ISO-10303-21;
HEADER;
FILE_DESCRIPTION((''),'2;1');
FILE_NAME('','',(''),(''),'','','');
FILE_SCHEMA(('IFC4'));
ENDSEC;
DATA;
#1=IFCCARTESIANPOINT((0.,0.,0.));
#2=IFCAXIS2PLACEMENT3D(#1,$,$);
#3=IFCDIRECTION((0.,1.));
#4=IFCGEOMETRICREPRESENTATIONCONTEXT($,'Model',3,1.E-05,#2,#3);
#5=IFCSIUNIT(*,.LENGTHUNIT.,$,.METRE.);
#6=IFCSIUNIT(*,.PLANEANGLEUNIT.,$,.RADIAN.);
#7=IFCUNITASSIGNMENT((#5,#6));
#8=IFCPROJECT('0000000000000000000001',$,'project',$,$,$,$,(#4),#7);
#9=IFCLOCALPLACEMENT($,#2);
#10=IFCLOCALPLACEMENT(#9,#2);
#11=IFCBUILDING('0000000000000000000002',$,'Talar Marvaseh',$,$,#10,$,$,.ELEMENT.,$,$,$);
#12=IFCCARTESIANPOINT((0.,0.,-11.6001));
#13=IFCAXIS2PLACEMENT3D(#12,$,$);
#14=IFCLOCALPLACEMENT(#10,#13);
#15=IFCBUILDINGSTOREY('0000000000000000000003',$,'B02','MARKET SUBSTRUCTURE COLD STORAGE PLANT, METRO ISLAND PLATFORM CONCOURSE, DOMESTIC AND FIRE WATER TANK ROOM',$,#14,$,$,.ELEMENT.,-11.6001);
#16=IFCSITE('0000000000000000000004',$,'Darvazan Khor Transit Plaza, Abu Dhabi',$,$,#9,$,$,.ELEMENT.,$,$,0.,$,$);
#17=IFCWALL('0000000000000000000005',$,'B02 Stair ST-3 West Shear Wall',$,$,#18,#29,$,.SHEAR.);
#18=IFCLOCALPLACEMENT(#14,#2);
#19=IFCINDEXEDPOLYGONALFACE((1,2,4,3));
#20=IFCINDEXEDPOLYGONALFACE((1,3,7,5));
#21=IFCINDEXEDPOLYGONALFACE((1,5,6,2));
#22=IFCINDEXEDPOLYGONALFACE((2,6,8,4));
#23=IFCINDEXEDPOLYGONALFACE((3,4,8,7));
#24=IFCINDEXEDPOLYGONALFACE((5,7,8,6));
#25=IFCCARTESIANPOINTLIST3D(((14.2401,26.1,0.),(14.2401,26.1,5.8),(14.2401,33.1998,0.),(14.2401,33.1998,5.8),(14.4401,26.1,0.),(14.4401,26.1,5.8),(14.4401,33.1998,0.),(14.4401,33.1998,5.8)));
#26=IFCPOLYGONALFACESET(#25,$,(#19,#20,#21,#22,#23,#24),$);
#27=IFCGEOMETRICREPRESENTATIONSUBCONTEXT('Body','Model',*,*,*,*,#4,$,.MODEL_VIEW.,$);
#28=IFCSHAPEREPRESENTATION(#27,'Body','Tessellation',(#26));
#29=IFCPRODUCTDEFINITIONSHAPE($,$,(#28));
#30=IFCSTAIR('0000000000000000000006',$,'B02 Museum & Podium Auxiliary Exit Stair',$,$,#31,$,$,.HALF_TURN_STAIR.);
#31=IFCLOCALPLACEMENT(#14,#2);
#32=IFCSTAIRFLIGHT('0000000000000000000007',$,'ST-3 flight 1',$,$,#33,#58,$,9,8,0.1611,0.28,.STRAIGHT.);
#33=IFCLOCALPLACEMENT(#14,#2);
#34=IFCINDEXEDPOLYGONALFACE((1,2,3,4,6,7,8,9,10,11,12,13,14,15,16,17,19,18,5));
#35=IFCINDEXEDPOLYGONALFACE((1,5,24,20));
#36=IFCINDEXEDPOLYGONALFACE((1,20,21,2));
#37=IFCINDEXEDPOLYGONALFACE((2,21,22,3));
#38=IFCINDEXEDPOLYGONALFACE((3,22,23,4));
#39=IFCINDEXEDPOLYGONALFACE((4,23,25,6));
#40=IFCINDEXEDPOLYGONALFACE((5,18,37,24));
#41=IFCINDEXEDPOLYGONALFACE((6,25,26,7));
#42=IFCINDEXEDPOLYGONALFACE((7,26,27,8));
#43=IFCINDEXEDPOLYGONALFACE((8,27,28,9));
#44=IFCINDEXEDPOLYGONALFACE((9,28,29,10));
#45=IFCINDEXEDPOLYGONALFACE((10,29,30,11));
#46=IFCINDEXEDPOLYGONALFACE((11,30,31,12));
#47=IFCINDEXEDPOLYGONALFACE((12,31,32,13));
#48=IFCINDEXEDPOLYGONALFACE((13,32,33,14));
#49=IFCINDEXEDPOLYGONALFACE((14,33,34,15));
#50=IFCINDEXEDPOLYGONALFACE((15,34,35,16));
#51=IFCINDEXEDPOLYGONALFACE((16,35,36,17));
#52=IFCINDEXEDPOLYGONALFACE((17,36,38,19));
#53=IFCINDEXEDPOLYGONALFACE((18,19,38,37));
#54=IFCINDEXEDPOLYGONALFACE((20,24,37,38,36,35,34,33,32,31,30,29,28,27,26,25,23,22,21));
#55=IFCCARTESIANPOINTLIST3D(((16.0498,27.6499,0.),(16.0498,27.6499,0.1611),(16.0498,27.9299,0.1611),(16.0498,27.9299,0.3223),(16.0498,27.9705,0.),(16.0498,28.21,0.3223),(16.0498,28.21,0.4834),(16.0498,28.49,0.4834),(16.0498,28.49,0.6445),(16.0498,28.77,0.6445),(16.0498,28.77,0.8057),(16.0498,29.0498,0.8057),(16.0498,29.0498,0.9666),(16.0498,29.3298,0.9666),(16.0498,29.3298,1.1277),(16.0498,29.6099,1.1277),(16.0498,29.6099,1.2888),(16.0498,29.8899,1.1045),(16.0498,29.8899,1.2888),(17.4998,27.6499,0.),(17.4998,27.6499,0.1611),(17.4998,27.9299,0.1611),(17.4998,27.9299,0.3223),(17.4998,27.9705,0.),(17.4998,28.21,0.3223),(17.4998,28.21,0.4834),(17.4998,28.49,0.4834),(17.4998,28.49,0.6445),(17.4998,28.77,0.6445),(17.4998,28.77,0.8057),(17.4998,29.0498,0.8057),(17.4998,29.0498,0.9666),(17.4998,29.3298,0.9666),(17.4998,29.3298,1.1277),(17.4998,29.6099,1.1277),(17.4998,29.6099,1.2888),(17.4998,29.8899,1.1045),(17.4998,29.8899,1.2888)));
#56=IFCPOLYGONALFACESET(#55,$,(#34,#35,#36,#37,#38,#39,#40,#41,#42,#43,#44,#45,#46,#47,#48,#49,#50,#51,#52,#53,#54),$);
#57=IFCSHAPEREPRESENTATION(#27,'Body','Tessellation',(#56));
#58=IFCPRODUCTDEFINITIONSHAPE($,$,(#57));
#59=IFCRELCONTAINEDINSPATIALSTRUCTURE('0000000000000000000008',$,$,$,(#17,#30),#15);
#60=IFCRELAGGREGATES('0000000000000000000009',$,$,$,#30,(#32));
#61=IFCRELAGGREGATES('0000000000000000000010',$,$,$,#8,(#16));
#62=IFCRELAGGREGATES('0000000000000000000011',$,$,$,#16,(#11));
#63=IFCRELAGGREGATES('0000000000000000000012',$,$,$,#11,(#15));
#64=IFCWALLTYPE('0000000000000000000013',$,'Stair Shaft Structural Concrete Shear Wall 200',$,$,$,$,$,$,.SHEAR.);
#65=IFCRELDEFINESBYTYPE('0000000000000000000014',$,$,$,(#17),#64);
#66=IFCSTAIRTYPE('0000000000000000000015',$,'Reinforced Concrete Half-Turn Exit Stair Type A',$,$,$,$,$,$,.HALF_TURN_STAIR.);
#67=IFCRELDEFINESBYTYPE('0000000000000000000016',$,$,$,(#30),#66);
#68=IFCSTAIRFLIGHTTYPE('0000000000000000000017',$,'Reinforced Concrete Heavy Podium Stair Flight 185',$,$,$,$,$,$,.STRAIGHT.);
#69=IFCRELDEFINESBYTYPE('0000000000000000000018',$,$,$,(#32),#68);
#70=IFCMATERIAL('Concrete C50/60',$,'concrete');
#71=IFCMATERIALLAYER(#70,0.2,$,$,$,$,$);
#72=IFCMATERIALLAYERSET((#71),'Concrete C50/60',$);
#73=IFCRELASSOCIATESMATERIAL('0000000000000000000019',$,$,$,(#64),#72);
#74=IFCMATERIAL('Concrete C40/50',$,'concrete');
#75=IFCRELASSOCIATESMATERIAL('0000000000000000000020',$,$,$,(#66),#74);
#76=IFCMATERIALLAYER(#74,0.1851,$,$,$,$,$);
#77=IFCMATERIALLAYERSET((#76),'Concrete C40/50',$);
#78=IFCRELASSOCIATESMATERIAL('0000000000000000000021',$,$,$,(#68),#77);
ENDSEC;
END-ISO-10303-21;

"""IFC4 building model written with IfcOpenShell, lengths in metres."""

from ifc_helpers import new_model, si_unit, direction, frame, frame_2d, origin, place, context, subcontext, project, spatial, polyline, rectangle, outline, extrude, material, layer, layer_set, type_object, element, aggregate, save


model = new_model("IFC4")

# Units and contexts
model_context = context("Model", 3, precision=1e-05, world=origin(), true_north=direction((0.0, 1.0)))
body_context = subcontext(model_context, "Body", "Model", "MODEL_VIEW")
ifc_project = project(units=[si_unit("LENGTHUNIT", "METRE"), si_unit("PLANEANGLEUNIT", "RADIAN")], contexts=[model_context])

# Site, building, storey
site_placement = place(None, origin())
site = spatial("IfcSite", under=ifc_project, at=site_placement, Name="Darvazan Khor Transit Plaza, Abu Dhabi", CompositionType="ELEMENT", RefElevation=0.0)
building_placement = place(site_placement, origin())
building = spatial("IfcBuilding", under=site, at=building_placement, Name="Talar Marvaseh", CompositionType="ELEMENT")
storey_placement = place(building_placement, frame((0.0, 0.0, -11.6001)))
storey = spatial("IfcBuildingStorey", under=building, at=storey_placement, Name="B02", Description="MARKET SUBSTRUCTURE COLD STORAGE PLANT, METRO ISLAND PLATFORM CONCOURSE, DOMESTIC AND FIRE WATER TANK ROOM", CompositionType="ELEMENT", Elevation=-11.6001)

# Shared definitions
ifc_material_1 = material(Name="Concrete C50/60", Category="concrete")

# Wall
ifc_layer_1 = layer(ifc_material_1, 0.2)
ifc_layer_set_1 = layer_set([ifc_layer_1], Name="Concrete C50/60")
wall_type_1 = type_object("IfcWallType", Name="Stair Shaft Structural Concrete Shear Wall 200", PredefinedType="SHEAR", material=ifc_layer_set_1)
wall_1_placement = place(storey_placement, frame((14.3401, 26.1001, 0.0), z_axis=(0.0, 0.0, 1.0), x_axis=(0.0, 1.0, 0.0)))
element("IfcWall", 1, at=wall_1_placement, inside=storey, type_object=wall_type_1, Name="B02 Stair ST-3 West Shear Wall", PredefinedType="SHEAR", context=body_context, shape_type="SweptSolid", body=[
    extrude(rectangle(XDim=7.0999, YDim=0.2, at=frame_2d((3.5498, 0.0))), origin(), (0.0, 0.0, 1.0), 5.8),
])

# Stair, stair flight
ifc_material_2 = material(Name="Concrete C40/50", Category="concrete")
stair_type = type_object("IfcStairType", Name="Reinforced Concrete Half-Turn Exit Stair Type A", PredefinedType="HALF_TURN_STAIR", material=ifc_material_2)
stair_placement = place(storey_placement, origin())
stair = element("IfcStair", 2, at=stair_placement, inside=storey, type_object=stair_type, Name="B02 Museum & Podium Auxiliary Exit Stair", PredefinedType="HALF_TURN_STAIR")
ifc_layer_2 = layer(ifc_material_2, 0.1851)
ifc_layer_set_2 = layer_set([ifc_layer_2], Name="Concrete C40/50")
stair_flight_type = type_object("IfcStairFlightType", Name="Reinforced Concrete Heavy Podium Stair Flight 185", PredefinedType="STRAIGHT", material=ifc_layer_set_2)
stair_flight_placement = place(storey_placement, frame((16.7749, 27.6499, 0.0), z_axis=(0.0, 0.0, 1.0), x_axis=(0.0, 1.0, 0.0)))
stair_flight = element("IfcStairFlight", 3, at=stair_flight_placement, type_object=stair_flight_type, Name="ST-3 flight 1", NumberOfRisers=9, NumberOfTreads=8, PredefinedType="STRAIGHT", RiserHeight=0.1611, TreadLength=0.28, context=body_context, shape_type="SweptSolid", body=[
    extrude(outline(polyline([(0.0, 0.0), (0.0, 0.1611), (0.28, 0.1611), (0.28, 0.3223), (0.5601, 0.3223), (0.5601, 0.4834), (0.8401, 0.4834), (0.8401, 0.6445), (1.1201, 0.6445), (1.1201, 0.8057), (1.3999, 0.8057), (1.3999, 0.9666), (1.6799, 0.9666), (1.6799, 1.1277), (1.96, 1.1277), (1.96, 1.2888), (2.24, 1.2888), (2.24, 1.45), (2.24, 1.1045), (0.3206, 0.0), (0.0, 0.0)])), frame((0.0, 0.7251, 0.0), z_axis=(0.0, -1.0, 0.0), x_axis=(1.0, 0.0, 0.0)), (0.0, 0.0, 1.0), 1.45),
])
aggregate(stair, [stair_flight])

save(model, "model.ifc")
